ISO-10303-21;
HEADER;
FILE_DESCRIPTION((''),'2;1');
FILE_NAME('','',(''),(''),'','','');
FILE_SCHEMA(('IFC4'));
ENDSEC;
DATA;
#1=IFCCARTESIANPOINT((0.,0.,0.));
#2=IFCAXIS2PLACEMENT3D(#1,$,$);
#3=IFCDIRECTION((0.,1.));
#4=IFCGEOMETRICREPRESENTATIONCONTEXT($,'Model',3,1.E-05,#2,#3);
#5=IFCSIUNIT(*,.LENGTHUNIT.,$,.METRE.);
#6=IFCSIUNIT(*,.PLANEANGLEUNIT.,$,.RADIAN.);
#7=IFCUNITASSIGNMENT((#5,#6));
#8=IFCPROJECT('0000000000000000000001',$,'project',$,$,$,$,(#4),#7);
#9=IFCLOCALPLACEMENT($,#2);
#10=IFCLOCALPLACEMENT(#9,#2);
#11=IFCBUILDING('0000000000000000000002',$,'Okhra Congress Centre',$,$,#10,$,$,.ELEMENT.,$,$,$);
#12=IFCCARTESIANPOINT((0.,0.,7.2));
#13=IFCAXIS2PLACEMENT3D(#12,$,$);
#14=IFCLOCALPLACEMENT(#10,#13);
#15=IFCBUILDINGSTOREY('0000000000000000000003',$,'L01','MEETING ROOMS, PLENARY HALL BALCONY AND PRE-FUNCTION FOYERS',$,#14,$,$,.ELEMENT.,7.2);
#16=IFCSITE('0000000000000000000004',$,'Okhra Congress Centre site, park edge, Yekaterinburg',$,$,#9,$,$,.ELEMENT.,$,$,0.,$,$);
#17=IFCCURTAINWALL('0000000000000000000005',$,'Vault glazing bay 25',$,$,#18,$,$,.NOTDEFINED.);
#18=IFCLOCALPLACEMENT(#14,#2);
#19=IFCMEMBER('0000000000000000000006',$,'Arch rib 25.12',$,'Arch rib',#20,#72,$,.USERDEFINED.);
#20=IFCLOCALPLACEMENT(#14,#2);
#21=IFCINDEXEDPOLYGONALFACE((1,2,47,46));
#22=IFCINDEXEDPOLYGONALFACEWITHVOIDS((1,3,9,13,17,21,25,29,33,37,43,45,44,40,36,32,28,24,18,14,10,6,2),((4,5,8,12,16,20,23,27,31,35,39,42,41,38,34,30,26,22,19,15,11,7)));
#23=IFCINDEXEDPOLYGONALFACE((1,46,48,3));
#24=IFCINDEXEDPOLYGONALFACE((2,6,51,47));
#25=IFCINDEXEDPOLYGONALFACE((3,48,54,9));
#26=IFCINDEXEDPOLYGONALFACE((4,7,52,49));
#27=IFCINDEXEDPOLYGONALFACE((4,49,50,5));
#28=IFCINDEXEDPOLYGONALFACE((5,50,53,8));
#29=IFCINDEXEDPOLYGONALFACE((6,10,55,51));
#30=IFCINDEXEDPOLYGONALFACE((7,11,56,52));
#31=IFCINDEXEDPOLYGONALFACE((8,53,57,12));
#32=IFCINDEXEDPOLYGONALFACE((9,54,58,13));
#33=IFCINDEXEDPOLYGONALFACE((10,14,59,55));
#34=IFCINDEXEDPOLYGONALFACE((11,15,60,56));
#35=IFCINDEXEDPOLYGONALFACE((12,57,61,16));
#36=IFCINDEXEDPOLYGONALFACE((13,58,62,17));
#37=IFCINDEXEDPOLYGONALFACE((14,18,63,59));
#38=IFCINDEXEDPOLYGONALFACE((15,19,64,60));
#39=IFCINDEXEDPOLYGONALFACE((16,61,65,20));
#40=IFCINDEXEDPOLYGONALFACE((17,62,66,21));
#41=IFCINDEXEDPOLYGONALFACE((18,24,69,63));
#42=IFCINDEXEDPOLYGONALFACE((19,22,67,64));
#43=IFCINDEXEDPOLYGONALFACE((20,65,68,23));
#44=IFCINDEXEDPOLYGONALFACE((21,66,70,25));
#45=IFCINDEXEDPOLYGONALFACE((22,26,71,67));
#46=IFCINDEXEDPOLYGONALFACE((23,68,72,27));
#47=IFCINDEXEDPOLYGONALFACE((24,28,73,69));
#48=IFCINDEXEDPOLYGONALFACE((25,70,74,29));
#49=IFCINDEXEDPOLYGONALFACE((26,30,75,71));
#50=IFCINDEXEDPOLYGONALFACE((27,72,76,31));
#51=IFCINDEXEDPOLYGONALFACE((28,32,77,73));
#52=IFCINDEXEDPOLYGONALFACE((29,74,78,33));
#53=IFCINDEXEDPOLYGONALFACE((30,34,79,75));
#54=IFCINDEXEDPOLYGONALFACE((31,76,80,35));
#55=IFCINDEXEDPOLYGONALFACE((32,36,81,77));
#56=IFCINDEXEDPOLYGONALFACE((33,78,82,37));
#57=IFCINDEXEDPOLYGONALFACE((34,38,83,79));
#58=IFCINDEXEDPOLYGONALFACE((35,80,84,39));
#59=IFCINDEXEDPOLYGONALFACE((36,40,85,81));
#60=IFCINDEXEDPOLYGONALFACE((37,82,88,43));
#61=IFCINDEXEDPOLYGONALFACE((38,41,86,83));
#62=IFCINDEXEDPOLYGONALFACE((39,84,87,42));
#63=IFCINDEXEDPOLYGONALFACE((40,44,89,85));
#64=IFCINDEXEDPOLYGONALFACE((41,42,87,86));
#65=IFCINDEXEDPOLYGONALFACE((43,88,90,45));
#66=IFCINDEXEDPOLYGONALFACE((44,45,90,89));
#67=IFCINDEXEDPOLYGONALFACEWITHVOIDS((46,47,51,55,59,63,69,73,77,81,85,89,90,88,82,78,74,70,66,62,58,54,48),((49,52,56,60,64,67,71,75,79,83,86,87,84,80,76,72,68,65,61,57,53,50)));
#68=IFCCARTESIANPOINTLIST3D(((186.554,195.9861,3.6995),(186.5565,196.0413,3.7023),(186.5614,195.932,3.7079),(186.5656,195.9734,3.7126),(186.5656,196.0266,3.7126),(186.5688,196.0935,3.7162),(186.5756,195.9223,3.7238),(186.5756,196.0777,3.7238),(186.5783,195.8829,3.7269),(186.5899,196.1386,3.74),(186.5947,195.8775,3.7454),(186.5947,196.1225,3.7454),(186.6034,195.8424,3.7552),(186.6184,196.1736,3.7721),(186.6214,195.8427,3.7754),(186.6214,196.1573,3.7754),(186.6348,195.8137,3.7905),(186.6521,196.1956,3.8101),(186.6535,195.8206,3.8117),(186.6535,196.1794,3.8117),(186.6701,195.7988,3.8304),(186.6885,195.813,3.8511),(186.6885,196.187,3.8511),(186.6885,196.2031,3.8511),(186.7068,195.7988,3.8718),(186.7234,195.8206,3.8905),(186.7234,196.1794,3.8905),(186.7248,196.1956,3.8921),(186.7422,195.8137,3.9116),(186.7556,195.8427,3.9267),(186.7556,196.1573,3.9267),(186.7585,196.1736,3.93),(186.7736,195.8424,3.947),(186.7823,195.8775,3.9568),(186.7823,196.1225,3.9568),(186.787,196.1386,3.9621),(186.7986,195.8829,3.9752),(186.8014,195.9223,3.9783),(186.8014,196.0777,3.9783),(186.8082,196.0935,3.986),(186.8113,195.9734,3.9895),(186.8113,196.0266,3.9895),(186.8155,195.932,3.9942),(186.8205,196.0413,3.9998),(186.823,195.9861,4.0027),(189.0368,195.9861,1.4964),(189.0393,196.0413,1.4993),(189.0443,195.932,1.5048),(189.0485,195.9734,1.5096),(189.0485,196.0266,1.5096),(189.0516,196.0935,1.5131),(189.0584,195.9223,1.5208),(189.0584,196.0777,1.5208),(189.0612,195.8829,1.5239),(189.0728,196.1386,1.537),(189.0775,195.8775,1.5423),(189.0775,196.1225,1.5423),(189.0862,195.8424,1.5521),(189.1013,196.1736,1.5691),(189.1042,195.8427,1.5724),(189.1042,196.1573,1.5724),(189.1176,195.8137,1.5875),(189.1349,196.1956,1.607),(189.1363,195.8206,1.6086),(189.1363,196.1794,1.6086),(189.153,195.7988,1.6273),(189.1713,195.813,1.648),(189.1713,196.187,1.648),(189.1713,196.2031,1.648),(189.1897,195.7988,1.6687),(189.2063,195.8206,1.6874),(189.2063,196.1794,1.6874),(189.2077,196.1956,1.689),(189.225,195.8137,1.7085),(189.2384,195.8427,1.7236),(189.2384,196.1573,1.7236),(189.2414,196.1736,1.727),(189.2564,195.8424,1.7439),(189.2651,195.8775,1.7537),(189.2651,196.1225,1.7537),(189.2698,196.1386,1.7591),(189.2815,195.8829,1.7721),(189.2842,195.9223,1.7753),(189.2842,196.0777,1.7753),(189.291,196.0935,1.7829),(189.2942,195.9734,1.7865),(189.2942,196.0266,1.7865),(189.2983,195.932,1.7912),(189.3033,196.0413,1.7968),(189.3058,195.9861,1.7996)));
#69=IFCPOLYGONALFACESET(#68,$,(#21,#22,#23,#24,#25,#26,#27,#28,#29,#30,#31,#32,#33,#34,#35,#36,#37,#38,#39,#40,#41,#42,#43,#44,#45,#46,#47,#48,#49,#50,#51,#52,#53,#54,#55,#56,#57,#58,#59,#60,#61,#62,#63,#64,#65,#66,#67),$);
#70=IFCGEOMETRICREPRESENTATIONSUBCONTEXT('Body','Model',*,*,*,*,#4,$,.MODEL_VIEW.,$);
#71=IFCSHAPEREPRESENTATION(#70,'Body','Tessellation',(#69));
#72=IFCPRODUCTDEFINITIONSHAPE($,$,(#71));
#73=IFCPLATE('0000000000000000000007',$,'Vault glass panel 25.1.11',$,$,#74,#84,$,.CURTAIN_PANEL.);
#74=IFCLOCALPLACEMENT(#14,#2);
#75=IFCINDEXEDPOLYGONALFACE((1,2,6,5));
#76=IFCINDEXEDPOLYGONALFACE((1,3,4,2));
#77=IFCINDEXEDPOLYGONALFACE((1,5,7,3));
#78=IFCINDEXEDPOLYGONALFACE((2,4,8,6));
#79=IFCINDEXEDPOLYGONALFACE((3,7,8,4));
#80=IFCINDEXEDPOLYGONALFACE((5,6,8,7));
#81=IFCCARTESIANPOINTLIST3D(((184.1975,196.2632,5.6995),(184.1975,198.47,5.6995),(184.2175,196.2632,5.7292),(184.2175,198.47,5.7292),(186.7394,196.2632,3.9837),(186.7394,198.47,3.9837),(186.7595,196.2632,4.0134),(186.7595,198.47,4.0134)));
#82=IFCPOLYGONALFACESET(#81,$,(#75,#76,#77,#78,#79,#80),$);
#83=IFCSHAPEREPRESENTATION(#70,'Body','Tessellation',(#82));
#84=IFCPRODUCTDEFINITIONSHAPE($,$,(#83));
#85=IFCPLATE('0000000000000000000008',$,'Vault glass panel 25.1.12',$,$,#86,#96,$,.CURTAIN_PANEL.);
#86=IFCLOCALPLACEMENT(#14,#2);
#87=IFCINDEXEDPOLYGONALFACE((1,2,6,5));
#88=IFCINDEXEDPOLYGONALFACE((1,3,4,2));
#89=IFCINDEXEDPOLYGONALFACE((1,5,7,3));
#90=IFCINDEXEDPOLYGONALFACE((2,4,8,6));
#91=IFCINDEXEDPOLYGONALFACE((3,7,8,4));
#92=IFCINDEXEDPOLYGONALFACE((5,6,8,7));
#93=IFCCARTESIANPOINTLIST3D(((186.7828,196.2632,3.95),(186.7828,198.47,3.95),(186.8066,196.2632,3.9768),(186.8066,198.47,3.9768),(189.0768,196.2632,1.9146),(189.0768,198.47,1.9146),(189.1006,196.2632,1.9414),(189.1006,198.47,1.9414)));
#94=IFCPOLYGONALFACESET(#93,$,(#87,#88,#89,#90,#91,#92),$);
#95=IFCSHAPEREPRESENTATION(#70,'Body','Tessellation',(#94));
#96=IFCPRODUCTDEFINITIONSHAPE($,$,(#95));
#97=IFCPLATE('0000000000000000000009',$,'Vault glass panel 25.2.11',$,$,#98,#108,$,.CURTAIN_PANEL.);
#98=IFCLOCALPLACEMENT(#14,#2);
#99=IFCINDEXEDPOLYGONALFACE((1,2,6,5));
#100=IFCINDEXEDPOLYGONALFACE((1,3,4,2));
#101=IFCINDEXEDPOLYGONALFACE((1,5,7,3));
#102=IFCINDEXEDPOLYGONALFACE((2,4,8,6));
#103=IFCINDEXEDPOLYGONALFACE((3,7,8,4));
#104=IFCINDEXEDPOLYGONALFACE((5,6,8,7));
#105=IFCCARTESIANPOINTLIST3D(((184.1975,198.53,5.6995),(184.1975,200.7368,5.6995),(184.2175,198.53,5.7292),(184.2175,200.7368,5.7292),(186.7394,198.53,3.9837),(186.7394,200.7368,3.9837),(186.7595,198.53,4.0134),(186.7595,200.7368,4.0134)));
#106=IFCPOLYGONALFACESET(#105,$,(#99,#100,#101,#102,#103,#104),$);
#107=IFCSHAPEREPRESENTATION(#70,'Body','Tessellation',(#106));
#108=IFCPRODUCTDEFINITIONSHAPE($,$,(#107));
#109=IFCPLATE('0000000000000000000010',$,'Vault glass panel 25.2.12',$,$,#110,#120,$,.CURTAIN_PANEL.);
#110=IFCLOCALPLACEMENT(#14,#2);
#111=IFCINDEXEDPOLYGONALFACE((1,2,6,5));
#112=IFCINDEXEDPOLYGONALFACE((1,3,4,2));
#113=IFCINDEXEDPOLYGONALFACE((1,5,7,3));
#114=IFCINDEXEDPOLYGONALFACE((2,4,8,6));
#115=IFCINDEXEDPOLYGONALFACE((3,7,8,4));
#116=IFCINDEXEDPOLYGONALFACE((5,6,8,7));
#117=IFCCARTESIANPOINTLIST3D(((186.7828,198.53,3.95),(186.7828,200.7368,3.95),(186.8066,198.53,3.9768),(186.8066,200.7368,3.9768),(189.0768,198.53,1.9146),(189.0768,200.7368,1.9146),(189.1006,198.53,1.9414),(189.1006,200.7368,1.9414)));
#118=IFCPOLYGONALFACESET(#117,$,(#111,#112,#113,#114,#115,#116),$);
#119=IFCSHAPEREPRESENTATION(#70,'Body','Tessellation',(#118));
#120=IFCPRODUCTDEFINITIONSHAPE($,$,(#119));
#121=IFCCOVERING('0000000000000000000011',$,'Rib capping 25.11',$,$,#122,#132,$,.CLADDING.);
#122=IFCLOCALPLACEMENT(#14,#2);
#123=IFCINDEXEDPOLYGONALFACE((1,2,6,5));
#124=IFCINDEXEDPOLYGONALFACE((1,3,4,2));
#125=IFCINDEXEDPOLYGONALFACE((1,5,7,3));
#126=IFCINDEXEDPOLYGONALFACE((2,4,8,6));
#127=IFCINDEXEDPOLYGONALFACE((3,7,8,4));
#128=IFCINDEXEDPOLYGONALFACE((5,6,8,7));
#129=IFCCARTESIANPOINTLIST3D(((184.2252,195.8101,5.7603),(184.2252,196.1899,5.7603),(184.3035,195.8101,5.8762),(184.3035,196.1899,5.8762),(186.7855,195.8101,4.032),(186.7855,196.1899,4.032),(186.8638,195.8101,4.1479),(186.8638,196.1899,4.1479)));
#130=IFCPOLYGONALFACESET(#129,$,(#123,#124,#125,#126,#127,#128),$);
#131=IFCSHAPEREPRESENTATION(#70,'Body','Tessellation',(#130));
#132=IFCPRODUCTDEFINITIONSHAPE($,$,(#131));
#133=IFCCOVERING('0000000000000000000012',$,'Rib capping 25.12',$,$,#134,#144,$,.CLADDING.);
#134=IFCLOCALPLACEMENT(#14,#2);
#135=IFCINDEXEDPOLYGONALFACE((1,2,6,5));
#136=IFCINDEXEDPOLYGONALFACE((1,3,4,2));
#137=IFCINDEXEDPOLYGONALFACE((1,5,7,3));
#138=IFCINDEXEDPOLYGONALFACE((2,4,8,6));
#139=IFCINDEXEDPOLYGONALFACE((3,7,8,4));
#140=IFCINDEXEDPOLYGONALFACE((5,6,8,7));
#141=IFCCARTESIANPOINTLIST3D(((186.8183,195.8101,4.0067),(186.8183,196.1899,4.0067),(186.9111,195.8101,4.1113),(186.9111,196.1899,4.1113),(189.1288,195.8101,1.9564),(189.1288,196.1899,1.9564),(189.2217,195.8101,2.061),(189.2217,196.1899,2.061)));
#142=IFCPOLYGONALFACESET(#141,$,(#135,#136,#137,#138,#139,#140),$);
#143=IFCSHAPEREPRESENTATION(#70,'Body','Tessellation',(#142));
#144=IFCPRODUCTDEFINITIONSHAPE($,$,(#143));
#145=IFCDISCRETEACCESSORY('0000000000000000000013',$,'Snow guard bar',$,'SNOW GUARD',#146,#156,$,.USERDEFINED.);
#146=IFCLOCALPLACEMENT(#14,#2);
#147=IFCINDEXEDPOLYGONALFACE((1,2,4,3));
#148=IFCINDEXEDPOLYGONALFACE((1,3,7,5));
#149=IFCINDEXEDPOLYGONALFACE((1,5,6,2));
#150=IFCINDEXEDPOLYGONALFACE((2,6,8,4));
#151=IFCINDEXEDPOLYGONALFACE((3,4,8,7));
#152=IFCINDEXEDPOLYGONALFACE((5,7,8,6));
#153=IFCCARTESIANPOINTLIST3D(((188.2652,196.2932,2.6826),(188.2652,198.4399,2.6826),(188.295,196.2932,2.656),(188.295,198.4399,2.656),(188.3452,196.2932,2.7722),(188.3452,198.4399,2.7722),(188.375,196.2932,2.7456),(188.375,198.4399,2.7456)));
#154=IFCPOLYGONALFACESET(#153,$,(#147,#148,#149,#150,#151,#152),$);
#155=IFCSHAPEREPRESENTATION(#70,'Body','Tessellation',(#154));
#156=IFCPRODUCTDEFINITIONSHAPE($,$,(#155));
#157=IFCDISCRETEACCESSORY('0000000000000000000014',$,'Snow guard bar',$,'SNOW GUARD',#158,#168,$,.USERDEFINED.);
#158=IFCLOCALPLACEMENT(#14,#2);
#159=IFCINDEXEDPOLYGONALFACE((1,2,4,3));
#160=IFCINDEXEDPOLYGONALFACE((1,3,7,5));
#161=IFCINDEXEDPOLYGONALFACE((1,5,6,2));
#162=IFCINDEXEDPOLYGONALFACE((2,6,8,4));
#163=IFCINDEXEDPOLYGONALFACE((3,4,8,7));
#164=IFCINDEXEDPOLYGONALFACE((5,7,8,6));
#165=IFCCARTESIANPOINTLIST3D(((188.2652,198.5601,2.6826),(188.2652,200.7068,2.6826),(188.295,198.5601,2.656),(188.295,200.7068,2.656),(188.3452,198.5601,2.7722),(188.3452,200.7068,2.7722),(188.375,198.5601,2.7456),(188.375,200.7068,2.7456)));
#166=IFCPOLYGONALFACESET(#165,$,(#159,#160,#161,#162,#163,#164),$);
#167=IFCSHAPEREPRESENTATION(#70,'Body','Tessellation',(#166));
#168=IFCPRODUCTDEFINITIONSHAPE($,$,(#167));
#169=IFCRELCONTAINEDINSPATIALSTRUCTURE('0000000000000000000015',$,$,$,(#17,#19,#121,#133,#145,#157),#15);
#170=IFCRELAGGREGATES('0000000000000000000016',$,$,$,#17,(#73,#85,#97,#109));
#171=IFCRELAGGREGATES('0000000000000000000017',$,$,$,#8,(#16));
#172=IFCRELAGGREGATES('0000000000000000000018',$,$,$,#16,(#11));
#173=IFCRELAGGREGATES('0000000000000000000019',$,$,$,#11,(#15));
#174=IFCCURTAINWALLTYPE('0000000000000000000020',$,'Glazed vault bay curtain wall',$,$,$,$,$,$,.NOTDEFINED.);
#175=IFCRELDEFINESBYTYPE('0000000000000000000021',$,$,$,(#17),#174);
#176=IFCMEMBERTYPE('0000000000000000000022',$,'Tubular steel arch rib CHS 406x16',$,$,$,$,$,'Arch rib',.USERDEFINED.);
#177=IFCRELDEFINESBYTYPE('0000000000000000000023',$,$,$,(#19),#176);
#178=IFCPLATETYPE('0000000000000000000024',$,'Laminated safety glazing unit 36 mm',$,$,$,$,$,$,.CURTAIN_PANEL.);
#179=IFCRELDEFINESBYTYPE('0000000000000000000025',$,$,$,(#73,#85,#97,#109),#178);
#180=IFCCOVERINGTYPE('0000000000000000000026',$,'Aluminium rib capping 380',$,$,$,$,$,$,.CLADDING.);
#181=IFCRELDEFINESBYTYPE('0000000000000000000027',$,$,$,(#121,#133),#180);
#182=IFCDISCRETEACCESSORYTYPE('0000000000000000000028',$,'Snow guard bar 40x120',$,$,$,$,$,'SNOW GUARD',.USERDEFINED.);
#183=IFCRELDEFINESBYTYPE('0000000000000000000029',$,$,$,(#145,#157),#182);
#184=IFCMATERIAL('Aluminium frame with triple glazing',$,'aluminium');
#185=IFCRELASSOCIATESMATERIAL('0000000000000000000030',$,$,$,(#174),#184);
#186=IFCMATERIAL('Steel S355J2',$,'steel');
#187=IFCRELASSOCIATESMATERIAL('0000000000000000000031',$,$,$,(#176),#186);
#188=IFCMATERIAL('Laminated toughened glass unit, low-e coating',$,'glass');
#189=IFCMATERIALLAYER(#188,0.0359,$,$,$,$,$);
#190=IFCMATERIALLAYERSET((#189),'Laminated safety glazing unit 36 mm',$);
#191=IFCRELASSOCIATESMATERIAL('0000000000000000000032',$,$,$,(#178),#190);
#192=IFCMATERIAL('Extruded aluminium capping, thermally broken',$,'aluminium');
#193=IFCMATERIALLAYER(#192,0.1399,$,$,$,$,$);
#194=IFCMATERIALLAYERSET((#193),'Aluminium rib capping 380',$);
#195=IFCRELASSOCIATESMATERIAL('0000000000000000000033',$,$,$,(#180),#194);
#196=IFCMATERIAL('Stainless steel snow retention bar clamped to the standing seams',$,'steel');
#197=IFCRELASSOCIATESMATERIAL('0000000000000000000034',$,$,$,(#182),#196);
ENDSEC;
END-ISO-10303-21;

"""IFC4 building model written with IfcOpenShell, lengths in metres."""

from ifc_helpers import new_model, si_unit, direction, frame, origin, origin_2d, place, context, subcontext, project, spatial, polyline, hollow_circle, outline, extrude, material, layer, layer_set, material_profile, profile_set, type_object, element, aggregate, save


model = new_model("IFC4")

# Units and contexts
model_context = context("Model", 3, precision=1e-05, world=origin(), true_north=direction((0.0, 1.0)))
body_context = subcontext(model_context, "Body", "Model", "MODEL_VIEW")
ifc_project = project(units=[si_unit("LENGTHUNIT", "METRE"), si_unit("PLANEANGLEUNIT", "RADIAN")], contexts=[model_context])

# Site, building, storey
site_placement = place(None, origin())
site = spatial("IfcSite", under=ifc_project, at=site_placement, Name="Okhra Congress Centre site, park edge, Yekaterinburg", CompositionType="ELEMENT", RefElevation=0.0)
building_placement = place(site_placement, origin())
building = spatial("IfcBuilding", under=site, at=building_placement, Name="Okhra Congress Centre", CompositionType="ELEMENT")
storey_placement = place(building_placement, frame((0.0, 0.0, 7.2)))
storey = spatial("IfcBuildingStorey", under=building, at=storey_placement, Name="L01", Description="MEETING ROOMS, PLENARY HALL BALCONY AND PRE-FUNCTION FOYERS", CompositionType="ELEMENT", Elevation=7.2)

# Curtain wall
ifc_material_1 = material(Name="Aluminium frame with triple glazing", Category="aluminium")
curtain_wall_type = type_object("IfcCurtainWallType", Name="Glazed vault bay curtain wall", PredefinedType="NOTDEFINED", material=ifc_material_1)
curtain_wall_placement = place(storey_placement, origin())
curtain_wall = element("IfcCurtainWall", 1, at=curtain_wall_placement, inside=storey, type_object=curtain_wall_type, Name="Vault glazing bay 25", PredefinedType="NOTDEFINED")

# Member
ifc_material_2 = material(Name="Steel S355J2", Category="steel")
ifc_material_profile_1 = material_profile(ifc_material_2, hollow_circle(Radius=0.2031, WallThickness=0.0161, at=origin_2d()), Name="CHS 406.4x16")
ifc_profile_set_1 = profile_set([ifc_material_profile_1], Name="Steel S355J2")
member_type_1 = type_object("IfcMemberType", Name="Tubular steel arch rib CHS 406x16", ElementType="Arch rib", PredefinedType="USERDEFINED", material=ifc_profile_set_1)
member_1_placement = place(storey_placement, frame((186.6885, 196.0, 3.8511), z_axis=(0.747993, 0.0, -0.663706), x_axis=(0.0, 1.0, 0.0)))
element("IfcMember", 2, at=member_1_placement, inside=storey, type_object=member_type_1, Name="Arch rib 25.12", ObjectType="Arch rib", PredefinedType="USERDEFINED", context=body_context, shape_type="SweptSolid", body=[
    extrude(hollow_circle(Radius=0.2031, WallThickness=0.0161, at=origin_2d()), origin(), (0.0, 0.0, 1.0), 3.3193),
])

# Plates
ifc_material_3 = material(Name="Laminated toughened glass unit, low-e coating", Category="glass")
ifc_layer_1 = layer(ifc_material_3, 0.0359)
ifc_layer_set_1 = layer_set([ifc_layer_1], Name="Laminated safety glazing unit 36 mm")
plate_type = type_object("IfcPlateType", Name="Laminated safety glazing unit 36 mm", PredefinedType="CURTAIN_PANEL", material=ifc_layer_set_1)
plate_1_placement = place(storey_placement, frame((184.2175, 196.2632, 5.7292), z_axis=(0.559467, 0.0, 0.828852), x_axis=(0.828852, 0.0, -0.559467)))
plate_1 = element("IfcPlate", 3, at=plate_1_placement, type_object=plate_type, Name="Vault glass panel 25.1.11", PredefinedType="CURTAIN_PANEL", context=body_context, shape_type="SweptSolid", body=[
    extrude(outline(polyline([(0.0, 0.0), (3.0669, 0.0), (3.0669, 2.2068), (0.0, 2.2068), (0.0, 0.0)])), origin(), (0.0, 0.0, -1.0), 0.0359),
])
plate_2_placement = place(storey_placement, frame((186.8066, 196.2632, 3.9768), z_axis=(0.663697, 0.0, 0.748002), x_axis=(0.748002, 0.0, -0.663697)))
plate_2 = element("IfcPlate", 4, at=plate_2_placement, type_object=plate_type, Name="Vault glass panel 25.1.12", PredefinedType="CURTAIN_PANEL", context=body_context, shape_type="SweptSolid", body=[
    extrude(outline(polyline([(0.0, 0.0), (3.0668, 0.0), (3.0668, 2.2068), (0.0, 2.2068), (0.0, 0.0)])), origin(), (0.0, 0.0, -1.0), 0.0359),
])
plate_3_placement = place(storey_placement, frame((184.2175, 198.53, 5.7292), z_axis=(0.559467, 0.0, 0.828852), x_axis=(0.828852, 0.0, -0.559467)))
plate_3 = element("IfcPlate", 5, at=plate_3_placement, type_object=plate_type, Name="Vault glass panel 25.2.11", PredefinedType="CURTAIN_PANEL", context=body_context, shape_type="SweptSolid", body=[
    extrude(outline(polyline([(0.0, 0.0), (3.0669, 0.0), (3.0669, 2.2068), (0.0, 2.2068), (0.0, 0.0)])), origin(), (0.0, 0.0, -1.0), 0.0359),
])
plate_4_placement = place(storey_placement, frame((186.8066, 198.53, 3.9768), z_axis=(0.663697, 0.0, 0.748002), x_axis=(0.748002, 0.0, -0.663697)))
plate_4 = element("IfcPlate", 6, at=plate_4_placement, type_object=plate_type, Name="Vault glass panel 25.2.12", PredefinedType="CURTAIN_PANEL", context=body_context, shape_type="SweptSolid", body=[
    extrude(outline(polyline([(0.0, 0.0), (3.0668, 0.0), (3.0668, 2.2068), (0.0, 2.2068), (0.0, 0.0)])), origin(), (0.0, 0.0, -1.0), 0.0359),
])
aggregate(curtain_wall, [plate_1, plate_2, plate_3, plate_4])

# Coverings
ifc_material_4 = material(Name="Extruded aluminium capping, thermally broken", Category="aluminium")
ifc_layer_2 = layer(ifc_material_4, 0.1399)
ifc_layer_set_2 = layer_set([ifc_layer_2], Name="Aluminium rib capping 380")
covering_type = type_object("IfcCoveringType", Name="Aluminium rib capping 380", PredefinedType="CLADDING", material=ifc_layer_set_2)
covering_1_placement = place(storey_placement, frame((184.3035, 195.8101, 5.8762), z_axis=(0.559488, 0.0, 0.828839), x_axis=(0.828839, 0.0, -0.559488)))
element("IfcCovering", 7, at=covering_1_placement, inside=storey, type_object=covering_type, Name="Rib capping 25.11", PredefinedType="CLADDING", context=body_context, shape_type="SweptSolid", body=[
    extrude(outline(polyline([(0.0, 0.0), (3.089, 0.0), (3.089, 0.3799), (0.0, 0.3799), (0.0, 0.0)])), origin(), (0.0, 0.0, -1.0), 0.1399),
])
covering_2_placement = place(storey_placement, frame((186.9111, 195.8101, 4.1113), z_axis=(0.663726, 0.0, 0.747976), x_axis=(0.747976, 0.0, -0.663726)))
element("IfcCovering", 8, at=covering_2_placement, inside=storey, type_object=covering_type, Name="Rib capping 25.12", PredefinedType="CLADDING", context=body_context, shape_type="SweptSolid", body=[
    extrude(outline(polyline([(0.0, 0.0), (3.0891, 0.0), (3.0891, 0.3799), (0.0, 0.3799), (0.0, 0.0)])), origin(), (0.0, 0.0, -1.0), 0.1399),
])

# Discrete accessories
ifc_material_5 = material(Name="Stainless steel snow retention bar clamped to the standing seams", Category="steel")
discrete_accessory_type = type_object("IfcDiscreteAccessoryType", Name="Snow guard bar 40x120", ElementType="SNOW GUARD", PredefinedType="USERDEFINED", material=ifc_material_5)
for number, where, z_axis, x_axis, name in (
    (9, (188.3452, 196.2932, 2.7722), (0.666259, 0.0, 0.745721), (0.745721, 0.0, -0.666259), "Snow guard bar"),
    (10, (188.3452, 198.5601, 2.7722), (0.666259, 0.0, 0.745721), (0.745721, 0.0, -0.666259), "Snow guard bar"),
):
    element("IfcDiscreteAccessory", number, at=place(storey_placement, frame(where, z_axis=z_axis, x_axis=x_axis)), inside=storey, type_object=discrete_accessory_type, Name=name, ObjectType="SNOW GUARD", PredefinedType="USERDEFINED", context=body_context, shape_type="SweptSolid", body=[
        extrude(outline(polyline([(0.0, 0.0), (0.0399, 0.0), (0.0399, 2.1467), (0.0, 2.1467), (0.0, 0.0)])), origin(), (0.0, 0.0, -1.0), 0.1201),
    ])

save(model, "model.ifc")
